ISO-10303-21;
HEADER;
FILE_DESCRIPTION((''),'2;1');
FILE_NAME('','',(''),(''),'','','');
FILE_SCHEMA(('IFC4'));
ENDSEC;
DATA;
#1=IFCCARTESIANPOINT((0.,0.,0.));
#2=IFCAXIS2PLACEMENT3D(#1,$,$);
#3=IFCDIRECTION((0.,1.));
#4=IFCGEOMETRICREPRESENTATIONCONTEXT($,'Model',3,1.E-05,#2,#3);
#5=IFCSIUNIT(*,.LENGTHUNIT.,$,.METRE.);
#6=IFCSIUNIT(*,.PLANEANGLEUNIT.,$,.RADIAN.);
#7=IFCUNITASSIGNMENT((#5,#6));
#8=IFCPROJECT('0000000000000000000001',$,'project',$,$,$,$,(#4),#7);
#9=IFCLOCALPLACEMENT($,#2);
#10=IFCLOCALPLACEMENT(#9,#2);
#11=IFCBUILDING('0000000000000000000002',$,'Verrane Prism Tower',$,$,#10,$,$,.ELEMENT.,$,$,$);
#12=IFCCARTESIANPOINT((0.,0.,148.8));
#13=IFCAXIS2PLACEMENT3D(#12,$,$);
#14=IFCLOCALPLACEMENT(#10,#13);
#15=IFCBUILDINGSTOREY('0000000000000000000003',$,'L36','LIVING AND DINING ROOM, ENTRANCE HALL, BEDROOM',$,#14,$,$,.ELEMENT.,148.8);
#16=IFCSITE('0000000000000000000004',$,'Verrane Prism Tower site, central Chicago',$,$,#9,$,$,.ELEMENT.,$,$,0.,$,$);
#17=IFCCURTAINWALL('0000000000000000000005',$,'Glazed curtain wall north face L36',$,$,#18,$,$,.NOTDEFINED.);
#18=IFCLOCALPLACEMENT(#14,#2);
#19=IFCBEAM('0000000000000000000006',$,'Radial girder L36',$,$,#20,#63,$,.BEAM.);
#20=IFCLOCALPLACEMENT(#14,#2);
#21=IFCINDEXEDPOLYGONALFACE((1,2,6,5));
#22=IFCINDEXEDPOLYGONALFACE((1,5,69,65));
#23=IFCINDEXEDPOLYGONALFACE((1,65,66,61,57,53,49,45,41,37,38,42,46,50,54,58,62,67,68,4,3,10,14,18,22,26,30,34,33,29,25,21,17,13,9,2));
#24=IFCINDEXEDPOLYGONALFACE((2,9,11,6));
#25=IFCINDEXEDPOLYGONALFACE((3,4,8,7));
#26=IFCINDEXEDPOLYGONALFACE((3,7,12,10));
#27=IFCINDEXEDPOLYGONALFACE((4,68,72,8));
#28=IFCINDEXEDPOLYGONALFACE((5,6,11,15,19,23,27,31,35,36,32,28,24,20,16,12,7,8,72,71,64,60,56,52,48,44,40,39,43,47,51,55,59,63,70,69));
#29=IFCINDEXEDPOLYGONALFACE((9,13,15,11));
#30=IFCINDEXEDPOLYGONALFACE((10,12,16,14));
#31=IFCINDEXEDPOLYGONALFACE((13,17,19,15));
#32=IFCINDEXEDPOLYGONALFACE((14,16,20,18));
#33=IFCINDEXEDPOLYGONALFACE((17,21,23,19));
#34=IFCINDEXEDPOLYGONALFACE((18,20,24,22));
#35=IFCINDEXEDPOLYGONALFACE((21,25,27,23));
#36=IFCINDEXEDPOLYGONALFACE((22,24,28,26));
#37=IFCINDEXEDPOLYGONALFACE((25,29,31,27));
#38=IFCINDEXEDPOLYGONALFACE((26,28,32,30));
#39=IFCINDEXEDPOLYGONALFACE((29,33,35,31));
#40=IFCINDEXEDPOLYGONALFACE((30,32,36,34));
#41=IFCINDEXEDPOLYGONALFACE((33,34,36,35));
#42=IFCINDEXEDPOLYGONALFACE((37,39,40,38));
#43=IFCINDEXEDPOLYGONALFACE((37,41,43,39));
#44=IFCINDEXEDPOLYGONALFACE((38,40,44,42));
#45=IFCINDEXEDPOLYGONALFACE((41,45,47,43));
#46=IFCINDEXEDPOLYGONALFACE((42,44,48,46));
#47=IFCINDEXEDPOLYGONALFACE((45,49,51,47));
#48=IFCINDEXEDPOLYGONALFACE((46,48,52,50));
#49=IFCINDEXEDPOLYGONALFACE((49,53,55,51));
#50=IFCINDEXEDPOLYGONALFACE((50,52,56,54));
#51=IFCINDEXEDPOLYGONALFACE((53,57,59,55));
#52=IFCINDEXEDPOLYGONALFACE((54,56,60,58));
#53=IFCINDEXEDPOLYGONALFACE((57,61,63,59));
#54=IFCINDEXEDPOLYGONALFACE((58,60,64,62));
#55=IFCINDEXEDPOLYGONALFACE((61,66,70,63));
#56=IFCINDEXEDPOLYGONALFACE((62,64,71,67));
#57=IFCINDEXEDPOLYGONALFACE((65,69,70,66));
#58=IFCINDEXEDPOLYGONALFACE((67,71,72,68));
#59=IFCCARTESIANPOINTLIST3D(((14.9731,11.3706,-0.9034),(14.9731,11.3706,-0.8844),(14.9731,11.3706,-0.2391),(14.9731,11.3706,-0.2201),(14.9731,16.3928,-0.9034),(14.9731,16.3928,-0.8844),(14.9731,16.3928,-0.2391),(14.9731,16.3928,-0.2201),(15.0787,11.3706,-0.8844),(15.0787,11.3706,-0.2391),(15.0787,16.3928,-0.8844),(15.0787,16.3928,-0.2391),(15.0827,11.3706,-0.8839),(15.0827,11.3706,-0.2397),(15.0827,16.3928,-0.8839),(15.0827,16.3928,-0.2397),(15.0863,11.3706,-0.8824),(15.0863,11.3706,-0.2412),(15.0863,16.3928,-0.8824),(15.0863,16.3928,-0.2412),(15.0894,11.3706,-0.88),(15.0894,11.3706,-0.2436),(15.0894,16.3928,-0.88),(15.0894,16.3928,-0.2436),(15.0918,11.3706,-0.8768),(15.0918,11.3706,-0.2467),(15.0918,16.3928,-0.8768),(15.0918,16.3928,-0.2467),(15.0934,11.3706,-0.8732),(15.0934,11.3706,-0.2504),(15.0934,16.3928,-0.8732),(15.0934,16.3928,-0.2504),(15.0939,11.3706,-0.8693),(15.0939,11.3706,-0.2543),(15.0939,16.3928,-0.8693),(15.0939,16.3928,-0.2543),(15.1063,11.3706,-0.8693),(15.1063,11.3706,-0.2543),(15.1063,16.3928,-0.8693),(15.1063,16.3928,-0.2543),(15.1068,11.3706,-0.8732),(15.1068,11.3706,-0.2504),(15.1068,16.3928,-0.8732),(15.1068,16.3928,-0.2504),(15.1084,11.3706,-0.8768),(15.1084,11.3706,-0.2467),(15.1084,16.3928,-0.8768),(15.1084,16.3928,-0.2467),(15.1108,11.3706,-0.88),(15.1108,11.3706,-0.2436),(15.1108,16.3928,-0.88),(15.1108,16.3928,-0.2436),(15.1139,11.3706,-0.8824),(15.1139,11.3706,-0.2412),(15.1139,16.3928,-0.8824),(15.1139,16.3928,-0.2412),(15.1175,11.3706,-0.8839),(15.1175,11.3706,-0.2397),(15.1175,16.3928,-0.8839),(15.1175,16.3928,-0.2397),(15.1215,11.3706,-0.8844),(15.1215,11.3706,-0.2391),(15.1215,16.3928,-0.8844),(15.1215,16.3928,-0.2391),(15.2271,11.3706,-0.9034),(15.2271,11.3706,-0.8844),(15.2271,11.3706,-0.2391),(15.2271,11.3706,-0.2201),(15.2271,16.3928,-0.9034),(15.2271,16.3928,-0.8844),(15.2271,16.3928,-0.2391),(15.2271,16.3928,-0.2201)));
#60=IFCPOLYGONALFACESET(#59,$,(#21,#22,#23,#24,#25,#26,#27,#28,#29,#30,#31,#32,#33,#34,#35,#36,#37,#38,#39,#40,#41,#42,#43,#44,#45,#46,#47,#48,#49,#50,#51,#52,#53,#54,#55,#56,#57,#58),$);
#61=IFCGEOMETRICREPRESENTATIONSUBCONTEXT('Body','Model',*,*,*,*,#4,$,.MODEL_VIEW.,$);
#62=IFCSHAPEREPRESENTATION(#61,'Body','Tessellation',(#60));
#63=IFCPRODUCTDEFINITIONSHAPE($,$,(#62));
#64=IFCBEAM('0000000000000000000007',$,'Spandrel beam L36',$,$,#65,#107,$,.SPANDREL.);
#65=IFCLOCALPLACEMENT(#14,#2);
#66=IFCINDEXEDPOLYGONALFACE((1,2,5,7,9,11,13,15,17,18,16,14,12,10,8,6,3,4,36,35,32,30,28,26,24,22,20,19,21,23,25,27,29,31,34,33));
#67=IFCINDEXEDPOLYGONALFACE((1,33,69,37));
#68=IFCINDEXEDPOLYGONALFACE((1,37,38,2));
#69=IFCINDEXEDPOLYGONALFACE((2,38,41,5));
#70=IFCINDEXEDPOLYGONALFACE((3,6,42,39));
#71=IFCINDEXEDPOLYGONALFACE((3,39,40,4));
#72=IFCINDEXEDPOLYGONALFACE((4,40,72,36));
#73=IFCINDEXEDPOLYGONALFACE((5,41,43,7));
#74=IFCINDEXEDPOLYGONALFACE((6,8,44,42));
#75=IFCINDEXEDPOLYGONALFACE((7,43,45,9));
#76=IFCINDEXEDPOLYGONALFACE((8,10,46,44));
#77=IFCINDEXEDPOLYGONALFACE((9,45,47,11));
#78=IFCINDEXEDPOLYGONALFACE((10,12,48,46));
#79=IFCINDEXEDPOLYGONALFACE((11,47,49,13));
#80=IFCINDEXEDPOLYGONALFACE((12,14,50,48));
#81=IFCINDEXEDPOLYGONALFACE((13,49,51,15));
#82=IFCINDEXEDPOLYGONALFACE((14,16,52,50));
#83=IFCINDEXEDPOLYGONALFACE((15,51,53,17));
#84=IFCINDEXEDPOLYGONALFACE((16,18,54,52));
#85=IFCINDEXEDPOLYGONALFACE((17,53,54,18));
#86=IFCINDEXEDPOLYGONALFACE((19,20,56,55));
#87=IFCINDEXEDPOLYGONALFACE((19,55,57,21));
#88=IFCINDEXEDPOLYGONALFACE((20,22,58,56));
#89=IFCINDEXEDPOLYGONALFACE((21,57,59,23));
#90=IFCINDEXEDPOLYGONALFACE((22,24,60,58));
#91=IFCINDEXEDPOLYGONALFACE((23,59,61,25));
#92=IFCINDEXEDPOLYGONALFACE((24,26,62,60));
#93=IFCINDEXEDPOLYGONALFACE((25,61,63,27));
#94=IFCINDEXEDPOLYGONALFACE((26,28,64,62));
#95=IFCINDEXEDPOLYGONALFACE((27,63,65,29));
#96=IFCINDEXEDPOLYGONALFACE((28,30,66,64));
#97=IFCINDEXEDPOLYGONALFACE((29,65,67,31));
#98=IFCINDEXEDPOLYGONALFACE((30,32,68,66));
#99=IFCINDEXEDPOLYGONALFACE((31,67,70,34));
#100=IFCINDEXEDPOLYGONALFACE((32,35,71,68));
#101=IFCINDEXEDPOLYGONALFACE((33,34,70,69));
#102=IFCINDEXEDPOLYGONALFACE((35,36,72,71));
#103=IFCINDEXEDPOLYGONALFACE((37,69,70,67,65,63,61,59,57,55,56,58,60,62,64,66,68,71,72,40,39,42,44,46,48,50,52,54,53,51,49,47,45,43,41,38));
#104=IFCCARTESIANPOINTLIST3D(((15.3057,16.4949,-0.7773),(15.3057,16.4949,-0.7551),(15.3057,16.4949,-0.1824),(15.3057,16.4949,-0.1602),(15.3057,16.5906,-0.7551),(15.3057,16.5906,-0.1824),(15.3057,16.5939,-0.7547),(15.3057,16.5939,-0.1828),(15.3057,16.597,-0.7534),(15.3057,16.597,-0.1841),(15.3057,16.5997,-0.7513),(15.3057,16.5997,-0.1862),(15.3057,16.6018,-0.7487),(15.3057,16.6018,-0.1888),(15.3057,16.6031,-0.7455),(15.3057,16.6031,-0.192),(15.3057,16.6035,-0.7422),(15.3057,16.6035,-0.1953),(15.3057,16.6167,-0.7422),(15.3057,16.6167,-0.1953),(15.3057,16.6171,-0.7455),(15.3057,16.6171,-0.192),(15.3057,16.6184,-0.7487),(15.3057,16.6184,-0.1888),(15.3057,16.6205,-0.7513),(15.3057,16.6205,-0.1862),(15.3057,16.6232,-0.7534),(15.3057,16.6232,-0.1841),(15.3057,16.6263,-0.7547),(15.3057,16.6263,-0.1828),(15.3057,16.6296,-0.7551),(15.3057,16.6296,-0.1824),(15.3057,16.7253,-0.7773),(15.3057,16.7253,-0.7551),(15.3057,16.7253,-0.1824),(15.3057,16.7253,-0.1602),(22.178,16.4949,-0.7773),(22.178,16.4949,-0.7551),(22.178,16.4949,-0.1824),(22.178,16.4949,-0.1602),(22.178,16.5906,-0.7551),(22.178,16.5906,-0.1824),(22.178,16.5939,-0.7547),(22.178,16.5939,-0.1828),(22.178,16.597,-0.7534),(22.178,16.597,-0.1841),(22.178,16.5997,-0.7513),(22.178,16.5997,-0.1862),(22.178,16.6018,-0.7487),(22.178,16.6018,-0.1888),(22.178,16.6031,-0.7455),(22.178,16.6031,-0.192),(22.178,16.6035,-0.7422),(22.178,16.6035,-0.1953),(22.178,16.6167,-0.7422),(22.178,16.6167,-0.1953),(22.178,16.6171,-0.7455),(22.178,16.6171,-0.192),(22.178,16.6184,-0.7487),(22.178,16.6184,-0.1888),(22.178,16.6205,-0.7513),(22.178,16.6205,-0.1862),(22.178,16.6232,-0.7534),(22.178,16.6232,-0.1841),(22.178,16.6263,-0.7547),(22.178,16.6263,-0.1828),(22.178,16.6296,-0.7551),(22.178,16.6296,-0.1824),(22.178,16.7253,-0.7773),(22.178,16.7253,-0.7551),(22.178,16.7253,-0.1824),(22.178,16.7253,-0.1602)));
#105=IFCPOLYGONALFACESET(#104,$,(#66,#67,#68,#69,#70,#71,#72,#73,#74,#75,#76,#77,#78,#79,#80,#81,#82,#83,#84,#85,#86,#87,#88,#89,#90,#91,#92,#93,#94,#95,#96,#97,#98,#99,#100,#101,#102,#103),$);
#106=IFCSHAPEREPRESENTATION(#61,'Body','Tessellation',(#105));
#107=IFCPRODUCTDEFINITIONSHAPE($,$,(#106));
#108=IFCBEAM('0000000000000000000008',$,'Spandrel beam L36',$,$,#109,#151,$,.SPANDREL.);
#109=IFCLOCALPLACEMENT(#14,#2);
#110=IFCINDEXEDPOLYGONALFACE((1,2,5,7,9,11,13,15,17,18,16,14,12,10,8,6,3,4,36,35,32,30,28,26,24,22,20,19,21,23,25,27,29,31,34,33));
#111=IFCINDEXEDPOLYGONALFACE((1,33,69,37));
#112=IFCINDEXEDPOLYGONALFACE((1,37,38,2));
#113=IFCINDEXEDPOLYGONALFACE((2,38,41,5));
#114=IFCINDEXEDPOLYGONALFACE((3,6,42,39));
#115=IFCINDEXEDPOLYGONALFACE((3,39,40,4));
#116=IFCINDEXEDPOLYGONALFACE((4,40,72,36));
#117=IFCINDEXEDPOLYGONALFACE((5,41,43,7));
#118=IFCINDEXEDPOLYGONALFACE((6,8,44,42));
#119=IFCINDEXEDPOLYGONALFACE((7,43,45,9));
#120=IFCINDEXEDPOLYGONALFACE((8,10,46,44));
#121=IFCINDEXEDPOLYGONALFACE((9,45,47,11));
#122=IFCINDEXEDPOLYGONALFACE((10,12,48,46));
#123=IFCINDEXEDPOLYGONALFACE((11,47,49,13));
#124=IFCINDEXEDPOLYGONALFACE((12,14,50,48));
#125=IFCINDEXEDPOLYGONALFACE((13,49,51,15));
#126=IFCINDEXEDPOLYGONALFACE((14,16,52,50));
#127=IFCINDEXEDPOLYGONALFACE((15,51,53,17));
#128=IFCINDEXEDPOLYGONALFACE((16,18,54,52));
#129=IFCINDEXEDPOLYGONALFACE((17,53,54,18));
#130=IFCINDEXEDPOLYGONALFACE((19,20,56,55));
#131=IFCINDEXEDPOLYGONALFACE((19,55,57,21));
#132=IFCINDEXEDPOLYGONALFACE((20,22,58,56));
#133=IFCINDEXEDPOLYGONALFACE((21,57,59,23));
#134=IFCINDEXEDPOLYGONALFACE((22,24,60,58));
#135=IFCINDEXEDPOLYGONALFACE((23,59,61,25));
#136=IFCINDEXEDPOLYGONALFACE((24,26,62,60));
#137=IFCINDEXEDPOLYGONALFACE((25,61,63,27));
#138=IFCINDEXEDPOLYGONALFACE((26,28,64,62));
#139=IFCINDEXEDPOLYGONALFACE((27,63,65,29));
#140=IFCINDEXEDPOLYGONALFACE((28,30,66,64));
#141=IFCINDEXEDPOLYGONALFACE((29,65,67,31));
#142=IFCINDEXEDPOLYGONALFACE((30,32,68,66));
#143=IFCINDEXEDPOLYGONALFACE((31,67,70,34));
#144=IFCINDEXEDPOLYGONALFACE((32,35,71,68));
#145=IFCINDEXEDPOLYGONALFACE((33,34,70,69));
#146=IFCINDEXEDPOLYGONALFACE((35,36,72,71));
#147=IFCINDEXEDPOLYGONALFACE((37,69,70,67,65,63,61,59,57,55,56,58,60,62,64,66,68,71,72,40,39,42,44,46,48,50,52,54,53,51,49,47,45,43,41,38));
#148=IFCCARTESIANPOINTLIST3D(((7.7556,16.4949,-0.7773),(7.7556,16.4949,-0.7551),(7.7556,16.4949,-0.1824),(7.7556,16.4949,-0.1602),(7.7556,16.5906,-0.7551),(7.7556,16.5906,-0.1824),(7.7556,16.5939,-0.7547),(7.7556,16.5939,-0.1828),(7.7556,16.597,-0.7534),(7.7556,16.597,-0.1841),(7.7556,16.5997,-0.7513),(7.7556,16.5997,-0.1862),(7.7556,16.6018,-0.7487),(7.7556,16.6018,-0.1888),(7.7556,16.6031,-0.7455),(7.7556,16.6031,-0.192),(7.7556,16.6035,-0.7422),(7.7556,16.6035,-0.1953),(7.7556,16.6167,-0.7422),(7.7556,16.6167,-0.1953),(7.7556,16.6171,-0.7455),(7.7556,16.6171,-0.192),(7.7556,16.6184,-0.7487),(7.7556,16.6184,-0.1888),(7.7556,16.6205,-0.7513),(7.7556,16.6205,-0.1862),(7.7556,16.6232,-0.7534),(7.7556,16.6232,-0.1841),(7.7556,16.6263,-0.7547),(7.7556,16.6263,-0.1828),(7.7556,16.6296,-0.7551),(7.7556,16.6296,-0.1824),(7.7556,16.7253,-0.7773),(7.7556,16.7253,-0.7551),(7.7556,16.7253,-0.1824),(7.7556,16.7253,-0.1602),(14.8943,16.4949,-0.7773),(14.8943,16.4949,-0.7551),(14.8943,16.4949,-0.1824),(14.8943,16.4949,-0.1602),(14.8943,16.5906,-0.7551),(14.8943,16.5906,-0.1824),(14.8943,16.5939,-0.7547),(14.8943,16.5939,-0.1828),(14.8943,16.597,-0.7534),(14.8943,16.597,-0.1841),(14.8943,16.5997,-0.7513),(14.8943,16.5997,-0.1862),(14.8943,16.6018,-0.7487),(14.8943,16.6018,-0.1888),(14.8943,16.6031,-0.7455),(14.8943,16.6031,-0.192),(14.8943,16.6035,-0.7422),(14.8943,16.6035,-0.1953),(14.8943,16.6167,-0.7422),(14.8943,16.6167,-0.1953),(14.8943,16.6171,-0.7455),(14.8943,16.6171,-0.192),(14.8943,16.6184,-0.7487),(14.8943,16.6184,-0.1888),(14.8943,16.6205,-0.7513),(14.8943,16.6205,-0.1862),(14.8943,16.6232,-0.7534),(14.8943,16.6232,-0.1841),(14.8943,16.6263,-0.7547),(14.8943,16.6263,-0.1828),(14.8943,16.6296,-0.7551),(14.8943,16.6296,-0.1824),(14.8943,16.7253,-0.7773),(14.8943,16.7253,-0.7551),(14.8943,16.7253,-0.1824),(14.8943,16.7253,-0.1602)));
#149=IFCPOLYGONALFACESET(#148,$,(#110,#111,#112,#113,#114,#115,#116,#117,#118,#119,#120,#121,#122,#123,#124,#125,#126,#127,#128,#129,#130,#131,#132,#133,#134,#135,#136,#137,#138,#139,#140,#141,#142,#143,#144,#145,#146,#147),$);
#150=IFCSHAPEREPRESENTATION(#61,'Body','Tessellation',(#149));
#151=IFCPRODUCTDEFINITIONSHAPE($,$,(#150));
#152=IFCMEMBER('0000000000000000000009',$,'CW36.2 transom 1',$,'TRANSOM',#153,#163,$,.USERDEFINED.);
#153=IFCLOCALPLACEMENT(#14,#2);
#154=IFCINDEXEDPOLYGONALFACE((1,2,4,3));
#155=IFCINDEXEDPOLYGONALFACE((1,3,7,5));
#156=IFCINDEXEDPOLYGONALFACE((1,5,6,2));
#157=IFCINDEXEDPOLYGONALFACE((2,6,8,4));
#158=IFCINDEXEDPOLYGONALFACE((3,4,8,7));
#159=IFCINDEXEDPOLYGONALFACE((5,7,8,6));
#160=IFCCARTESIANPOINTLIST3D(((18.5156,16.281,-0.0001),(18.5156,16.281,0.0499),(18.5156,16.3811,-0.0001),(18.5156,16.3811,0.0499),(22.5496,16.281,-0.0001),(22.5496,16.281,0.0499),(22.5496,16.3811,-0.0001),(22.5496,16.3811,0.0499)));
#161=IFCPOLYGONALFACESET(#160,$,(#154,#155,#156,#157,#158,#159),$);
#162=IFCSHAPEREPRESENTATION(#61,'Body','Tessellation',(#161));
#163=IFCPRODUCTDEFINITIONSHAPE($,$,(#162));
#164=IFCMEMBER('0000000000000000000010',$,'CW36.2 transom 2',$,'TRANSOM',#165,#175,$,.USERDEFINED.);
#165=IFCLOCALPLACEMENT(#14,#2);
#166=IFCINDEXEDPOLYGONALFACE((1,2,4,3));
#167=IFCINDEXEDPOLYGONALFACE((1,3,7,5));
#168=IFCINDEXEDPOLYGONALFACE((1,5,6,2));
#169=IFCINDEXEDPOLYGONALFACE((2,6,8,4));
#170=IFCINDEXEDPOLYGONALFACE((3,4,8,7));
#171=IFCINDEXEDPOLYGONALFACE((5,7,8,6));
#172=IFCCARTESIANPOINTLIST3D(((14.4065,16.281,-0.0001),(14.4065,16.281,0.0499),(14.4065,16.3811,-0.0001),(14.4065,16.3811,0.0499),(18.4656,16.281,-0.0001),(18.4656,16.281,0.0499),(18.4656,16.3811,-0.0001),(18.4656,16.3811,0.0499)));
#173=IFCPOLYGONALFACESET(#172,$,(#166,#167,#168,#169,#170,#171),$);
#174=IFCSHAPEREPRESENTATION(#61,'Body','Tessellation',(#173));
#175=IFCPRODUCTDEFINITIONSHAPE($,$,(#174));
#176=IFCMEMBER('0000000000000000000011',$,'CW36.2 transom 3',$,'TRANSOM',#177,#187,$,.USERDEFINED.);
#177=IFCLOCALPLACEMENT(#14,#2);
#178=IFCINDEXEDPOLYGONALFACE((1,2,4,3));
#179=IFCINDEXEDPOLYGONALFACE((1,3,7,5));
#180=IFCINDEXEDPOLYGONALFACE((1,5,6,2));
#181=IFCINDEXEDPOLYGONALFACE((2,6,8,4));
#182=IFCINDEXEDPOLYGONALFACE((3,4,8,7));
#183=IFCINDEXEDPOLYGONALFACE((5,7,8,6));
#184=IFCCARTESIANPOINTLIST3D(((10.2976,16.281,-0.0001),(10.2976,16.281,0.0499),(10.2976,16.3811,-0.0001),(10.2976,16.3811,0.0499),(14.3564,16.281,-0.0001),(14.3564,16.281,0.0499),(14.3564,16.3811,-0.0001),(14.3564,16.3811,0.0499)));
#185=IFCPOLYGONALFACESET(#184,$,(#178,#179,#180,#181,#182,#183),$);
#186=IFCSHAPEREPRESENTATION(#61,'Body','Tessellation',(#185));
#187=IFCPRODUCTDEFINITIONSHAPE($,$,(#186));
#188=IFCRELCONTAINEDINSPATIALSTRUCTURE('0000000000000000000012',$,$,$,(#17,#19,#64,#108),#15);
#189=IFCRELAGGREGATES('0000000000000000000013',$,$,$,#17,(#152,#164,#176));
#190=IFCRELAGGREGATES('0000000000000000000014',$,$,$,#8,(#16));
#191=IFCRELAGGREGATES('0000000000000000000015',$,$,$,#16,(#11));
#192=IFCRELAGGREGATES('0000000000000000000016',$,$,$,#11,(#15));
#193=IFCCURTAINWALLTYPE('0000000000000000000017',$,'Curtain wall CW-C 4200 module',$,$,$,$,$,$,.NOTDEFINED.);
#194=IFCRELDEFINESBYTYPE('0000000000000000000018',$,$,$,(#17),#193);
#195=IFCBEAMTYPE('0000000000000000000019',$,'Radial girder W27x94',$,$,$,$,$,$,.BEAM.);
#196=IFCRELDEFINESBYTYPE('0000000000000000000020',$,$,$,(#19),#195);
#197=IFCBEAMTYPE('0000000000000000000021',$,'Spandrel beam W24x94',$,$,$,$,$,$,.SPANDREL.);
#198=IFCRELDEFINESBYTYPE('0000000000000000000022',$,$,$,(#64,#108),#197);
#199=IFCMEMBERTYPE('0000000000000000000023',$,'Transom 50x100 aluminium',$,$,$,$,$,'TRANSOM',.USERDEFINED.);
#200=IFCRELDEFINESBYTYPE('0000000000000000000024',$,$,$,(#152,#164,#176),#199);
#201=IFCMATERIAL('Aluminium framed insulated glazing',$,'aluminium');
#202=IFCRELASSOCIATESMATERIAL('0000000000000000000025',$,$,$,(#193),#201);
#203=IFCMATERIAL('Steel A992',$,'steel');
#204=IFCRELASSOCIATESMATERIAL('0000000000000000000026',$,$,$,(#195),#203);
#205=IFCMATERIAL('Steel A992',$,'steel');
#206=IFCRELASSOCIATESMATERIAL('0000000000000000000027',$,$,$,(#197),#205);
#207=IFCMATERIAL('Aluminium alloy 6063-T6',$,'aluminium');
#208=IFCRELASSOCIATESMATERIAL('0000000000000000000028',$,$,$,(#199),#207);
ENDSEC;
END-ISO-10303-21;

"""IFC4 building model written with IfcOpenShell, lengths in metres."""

from ifc_helpers import new_model, si_unit, direction, frame, origin, origin_2d, place, context, subcontext, project, spatial, rectangle, i_section, extrude, material, material_profile, profile_set, type_object, element, aggregate, save


model = new_model("IFC4")

# Units and contexts
model_context = context("Model", 3, precision=1e-05, world=origin(), true_north=direction((0.0, 1.0)))
body_context = subcontext(model_context, "Body", "Model", "MODEL_VIEW")
ifc_project = project(units=[si_unit("LENGTHUNIT", "METRE"), si_unit("PLANEANGLEUNIT", "RADIAN")], contexts=[model_context])

# Site, building, storey
site_placement = place(None, origin())
site = spatial("IfcSite", under=ifc_project, at=site_placement, Name="Verrane Prism Tower site, central Chicago", CompositionType="ELEMENT", RefElevation=0.0)
building_placement = place(site_placement, origin())
building = spatial("IfcBuilding", under=site, at=building_placement, Name="Verrane Prism Tower", CompositionType="ELEMENT")
storey_placement = place(building_placement, frame((0.0, 0.0, 148.8)))
storey = spatial("IfcBuildingStorey", under=building, at=storey_placement, Name="L36", Description="LIVING AND DINING ROOM, ENTRANCE HALL, BEDROOM", CompositionType="ELEMENT", Elevation=148.8)

# Curtain wall
ifc_material_1 = material(Name="Aluminium framed insulated glazing", Category="aluminium")
curtain_wall_type_1 = type_object("IfcCurtainWallType", Name="Curtain wall CW-C 4200 module", PredefinedType="NOTDEFINED", material=ifc_material_1)
curtain_wall_1_placement = place(storey_placement, origin())
curtain_wall_1 = element("IfcCurtainWall", 1, at=curtain_wall_1_placement, inside=storey, type_object=curtain_wall_type_1, Name="Glazed curtain wall north face L36", PredefinedType="NOTDEFINED")

# Beams
ifc_material_2 = material(Name="Steel A992", Category="steel")
ifc_material_profile_1 = material_profile(ifc_material_2, i_section(OverallWidth=0.2539, OverallDepth=0.6833, WebThickness=0.0125, FlangeThickness=0.019, FilletRadius=0.0151, at=origin_2d()), Name="W27x94")
ifc_profile_set_1 = profile_set([ifc_material_profile_1], Name="Steel A992")
beam_type_1 = type_object("IfcBeamType", Name="Radial girder W27x94", PredefinedType="BEAM", material=ifc_profile_set_1)
beam_1_placement = place(storey_placement, frame((15.1001, 16.3928, -0.5618), z_axis=(0.0, -1.0, 0.0), x_axis=(1.0, 0.0, 0.0)))
element("IfcBeam", 2, at=beam_1_placement, inside=storey, type_object=beam_type_1, Name="Radial girder L36", PredefinedType="BEAM", context=body_context, shape_type="SweptSolid", body=[
    extrude(i_section(OverallWidth=0.2539, OverallDepth=0.6833, WebThickness=0.0125, FlangeThickness=0.019, FilletRadius=0.0151, at=origin_2d()), origin(), (0.0, 0.0, 1.0), 5.0222),
])
ifc_material_3 = material(Name="Steel A992", Category="steel")
ifc_material_profile_2 = material_profile(ifc_material_3, i_section(OverallWidth=0.2305, OverallDepth=0.6172, WebThickness=0.0132, FlangeThickness=0.0222, FilletRadius=0.0129, at=origin_2d()), Name="W24x94")
ifc_profile_set_2 = profile_set([ifc_material_profile_2], Name="Steel A992")
beam_type_2 = type_object("IfcBeamType", Name="Spandrel beam W24x94", PredefinedType="SPANDREL", material=ifc_profile_set_2)
beam_2_placement = place(storey_placement, frame((22.178, 16.6101, -0.4688), z_axis=(-1.0, 0.0, 0.0), x_axis=(0.0, -1.0, 0.0)))
element("IfcBeam", 3, at=beam_2_placement, inside=storey, type_object=beam_type_2, Name="Spandrel beam L36", PredefinedType="SPANDREL", context=body_context, shape_type="SweptSolid", body=[
    extrude(i_section(OverallWidth=0.2305, OverallDepth=0.6172, WebThickness=0.0132, FlangeThickness=0.0222, FilletRadius=0.0129, at=origin_2d()), origin(), (0.0, 0.0, 1.0), 6.8723),
])
beam_3_placement = place(storey_placement, frame((14.8943, 16.6101, -0.4688), z_axis=(-1.0, 0.0, 0.0), x_axis=(0.0, -1.0, 0.0)))
element("IfcBeam", 4, at=beam_3_placement, inside=storey, type_object=beam_type_2, Name="Spandrel beam L36", PredefinedType="SPANDREL", context=body_context, shape_type="SweptSolid", body=[
    extrude(i_section(OverallWidth=0.2305, OverallDepth=0.6172, WebThickness=0.0132, FlangeThickness=0.0222, FilletRadius=0.0129, at=origin_2d()), origin(), (0.0, 0.0, 1.0), 7.1387),
])

# Members
ifc_material_4 = material(Name="Aluminium alloy 6063-T6", Category="aluminium")
ifc_material_profile_3 = material_profile(ifc_material_4, rectangle(XDim=0.1001, YDim=0.05, at=origin_2d()), Name="Transom 50x100 aluminium")
ifc_profile_set_3 = profile_set([ifc_material_profile_3], Name="Aluminium alloy 6063-T6")
member_type_1 = type_object("IfcMemberType", Name="Transom 50x100 aluminium", ElementType="TRANSOM", PredefinedType="USERDEFINED", material=ifc_profile_set_3)
member_1_placement = place(storey_placement, frame((22.5496, 16.3311, 0.0249), z_axis=(-1.0, 0.0, 0.0), x_axis=(0.0, -1.0, 0.0)))
member_1 = element("IfcMember", 5, at=member_1_placement, type_object=member_type_1, Name="CW36.2 transom 1", ObjectType="TRANSOM", PredefinedType="USERDEFINED", context=body_context, shape_type="SweptSolid", body=[
    extrude(rectangle(XDim=0.1001, YDim=0.05, at=origin_2d()), origin(), (0.0, 0.0, 1.0), 4.0339),
])
member_2_placement = place(storey_placement, frame((18.4656, 16.3311, 0.0249), z_axis=(-1.0, 0.0, 0.0), x_axis=(0.0, -1.0, 0.0)))
member_2 = element("IfcMember", 6, at=member_2_placement, type_object=member_type_1, Name="CW36.2 transom 2", ObjectType="TRANSOM", PredefinedType="USERDEFINED", context=body_context, shape_type="SweptSolid", body=[
    extrude(rectangle(XDim=0.1001, YDim=0.05, at=origin_2d()), origin(), (0.0, 0.0, 1.0), 4.0591),
])
member_3_placement = place(storey_placement, frame((14.3564, 16.3311, 0.0249), z_axis=(-1.0, 0.0, 0.0), x_axis=(0.0, -1.0, 0.0)))
member_3 = element("IfcMember", 7, at=member_3_placement, type_object=member_type_1, Name="CW36.2 transom 3", ObjectType="TRANSOM", PredefinedType="USERDEFINED", context=body_context, shape_type="SweptSolid", body=[
    extrude(rectangle(XDim=0.1001, YDim=0.05, at=origin_2d()), origin(), (0.0, 0.0, 1.0), 4.0588),
])

aggregate(curtain_wall_1, [member_1, member_2, member_3])

save(model, "model.ifc")
